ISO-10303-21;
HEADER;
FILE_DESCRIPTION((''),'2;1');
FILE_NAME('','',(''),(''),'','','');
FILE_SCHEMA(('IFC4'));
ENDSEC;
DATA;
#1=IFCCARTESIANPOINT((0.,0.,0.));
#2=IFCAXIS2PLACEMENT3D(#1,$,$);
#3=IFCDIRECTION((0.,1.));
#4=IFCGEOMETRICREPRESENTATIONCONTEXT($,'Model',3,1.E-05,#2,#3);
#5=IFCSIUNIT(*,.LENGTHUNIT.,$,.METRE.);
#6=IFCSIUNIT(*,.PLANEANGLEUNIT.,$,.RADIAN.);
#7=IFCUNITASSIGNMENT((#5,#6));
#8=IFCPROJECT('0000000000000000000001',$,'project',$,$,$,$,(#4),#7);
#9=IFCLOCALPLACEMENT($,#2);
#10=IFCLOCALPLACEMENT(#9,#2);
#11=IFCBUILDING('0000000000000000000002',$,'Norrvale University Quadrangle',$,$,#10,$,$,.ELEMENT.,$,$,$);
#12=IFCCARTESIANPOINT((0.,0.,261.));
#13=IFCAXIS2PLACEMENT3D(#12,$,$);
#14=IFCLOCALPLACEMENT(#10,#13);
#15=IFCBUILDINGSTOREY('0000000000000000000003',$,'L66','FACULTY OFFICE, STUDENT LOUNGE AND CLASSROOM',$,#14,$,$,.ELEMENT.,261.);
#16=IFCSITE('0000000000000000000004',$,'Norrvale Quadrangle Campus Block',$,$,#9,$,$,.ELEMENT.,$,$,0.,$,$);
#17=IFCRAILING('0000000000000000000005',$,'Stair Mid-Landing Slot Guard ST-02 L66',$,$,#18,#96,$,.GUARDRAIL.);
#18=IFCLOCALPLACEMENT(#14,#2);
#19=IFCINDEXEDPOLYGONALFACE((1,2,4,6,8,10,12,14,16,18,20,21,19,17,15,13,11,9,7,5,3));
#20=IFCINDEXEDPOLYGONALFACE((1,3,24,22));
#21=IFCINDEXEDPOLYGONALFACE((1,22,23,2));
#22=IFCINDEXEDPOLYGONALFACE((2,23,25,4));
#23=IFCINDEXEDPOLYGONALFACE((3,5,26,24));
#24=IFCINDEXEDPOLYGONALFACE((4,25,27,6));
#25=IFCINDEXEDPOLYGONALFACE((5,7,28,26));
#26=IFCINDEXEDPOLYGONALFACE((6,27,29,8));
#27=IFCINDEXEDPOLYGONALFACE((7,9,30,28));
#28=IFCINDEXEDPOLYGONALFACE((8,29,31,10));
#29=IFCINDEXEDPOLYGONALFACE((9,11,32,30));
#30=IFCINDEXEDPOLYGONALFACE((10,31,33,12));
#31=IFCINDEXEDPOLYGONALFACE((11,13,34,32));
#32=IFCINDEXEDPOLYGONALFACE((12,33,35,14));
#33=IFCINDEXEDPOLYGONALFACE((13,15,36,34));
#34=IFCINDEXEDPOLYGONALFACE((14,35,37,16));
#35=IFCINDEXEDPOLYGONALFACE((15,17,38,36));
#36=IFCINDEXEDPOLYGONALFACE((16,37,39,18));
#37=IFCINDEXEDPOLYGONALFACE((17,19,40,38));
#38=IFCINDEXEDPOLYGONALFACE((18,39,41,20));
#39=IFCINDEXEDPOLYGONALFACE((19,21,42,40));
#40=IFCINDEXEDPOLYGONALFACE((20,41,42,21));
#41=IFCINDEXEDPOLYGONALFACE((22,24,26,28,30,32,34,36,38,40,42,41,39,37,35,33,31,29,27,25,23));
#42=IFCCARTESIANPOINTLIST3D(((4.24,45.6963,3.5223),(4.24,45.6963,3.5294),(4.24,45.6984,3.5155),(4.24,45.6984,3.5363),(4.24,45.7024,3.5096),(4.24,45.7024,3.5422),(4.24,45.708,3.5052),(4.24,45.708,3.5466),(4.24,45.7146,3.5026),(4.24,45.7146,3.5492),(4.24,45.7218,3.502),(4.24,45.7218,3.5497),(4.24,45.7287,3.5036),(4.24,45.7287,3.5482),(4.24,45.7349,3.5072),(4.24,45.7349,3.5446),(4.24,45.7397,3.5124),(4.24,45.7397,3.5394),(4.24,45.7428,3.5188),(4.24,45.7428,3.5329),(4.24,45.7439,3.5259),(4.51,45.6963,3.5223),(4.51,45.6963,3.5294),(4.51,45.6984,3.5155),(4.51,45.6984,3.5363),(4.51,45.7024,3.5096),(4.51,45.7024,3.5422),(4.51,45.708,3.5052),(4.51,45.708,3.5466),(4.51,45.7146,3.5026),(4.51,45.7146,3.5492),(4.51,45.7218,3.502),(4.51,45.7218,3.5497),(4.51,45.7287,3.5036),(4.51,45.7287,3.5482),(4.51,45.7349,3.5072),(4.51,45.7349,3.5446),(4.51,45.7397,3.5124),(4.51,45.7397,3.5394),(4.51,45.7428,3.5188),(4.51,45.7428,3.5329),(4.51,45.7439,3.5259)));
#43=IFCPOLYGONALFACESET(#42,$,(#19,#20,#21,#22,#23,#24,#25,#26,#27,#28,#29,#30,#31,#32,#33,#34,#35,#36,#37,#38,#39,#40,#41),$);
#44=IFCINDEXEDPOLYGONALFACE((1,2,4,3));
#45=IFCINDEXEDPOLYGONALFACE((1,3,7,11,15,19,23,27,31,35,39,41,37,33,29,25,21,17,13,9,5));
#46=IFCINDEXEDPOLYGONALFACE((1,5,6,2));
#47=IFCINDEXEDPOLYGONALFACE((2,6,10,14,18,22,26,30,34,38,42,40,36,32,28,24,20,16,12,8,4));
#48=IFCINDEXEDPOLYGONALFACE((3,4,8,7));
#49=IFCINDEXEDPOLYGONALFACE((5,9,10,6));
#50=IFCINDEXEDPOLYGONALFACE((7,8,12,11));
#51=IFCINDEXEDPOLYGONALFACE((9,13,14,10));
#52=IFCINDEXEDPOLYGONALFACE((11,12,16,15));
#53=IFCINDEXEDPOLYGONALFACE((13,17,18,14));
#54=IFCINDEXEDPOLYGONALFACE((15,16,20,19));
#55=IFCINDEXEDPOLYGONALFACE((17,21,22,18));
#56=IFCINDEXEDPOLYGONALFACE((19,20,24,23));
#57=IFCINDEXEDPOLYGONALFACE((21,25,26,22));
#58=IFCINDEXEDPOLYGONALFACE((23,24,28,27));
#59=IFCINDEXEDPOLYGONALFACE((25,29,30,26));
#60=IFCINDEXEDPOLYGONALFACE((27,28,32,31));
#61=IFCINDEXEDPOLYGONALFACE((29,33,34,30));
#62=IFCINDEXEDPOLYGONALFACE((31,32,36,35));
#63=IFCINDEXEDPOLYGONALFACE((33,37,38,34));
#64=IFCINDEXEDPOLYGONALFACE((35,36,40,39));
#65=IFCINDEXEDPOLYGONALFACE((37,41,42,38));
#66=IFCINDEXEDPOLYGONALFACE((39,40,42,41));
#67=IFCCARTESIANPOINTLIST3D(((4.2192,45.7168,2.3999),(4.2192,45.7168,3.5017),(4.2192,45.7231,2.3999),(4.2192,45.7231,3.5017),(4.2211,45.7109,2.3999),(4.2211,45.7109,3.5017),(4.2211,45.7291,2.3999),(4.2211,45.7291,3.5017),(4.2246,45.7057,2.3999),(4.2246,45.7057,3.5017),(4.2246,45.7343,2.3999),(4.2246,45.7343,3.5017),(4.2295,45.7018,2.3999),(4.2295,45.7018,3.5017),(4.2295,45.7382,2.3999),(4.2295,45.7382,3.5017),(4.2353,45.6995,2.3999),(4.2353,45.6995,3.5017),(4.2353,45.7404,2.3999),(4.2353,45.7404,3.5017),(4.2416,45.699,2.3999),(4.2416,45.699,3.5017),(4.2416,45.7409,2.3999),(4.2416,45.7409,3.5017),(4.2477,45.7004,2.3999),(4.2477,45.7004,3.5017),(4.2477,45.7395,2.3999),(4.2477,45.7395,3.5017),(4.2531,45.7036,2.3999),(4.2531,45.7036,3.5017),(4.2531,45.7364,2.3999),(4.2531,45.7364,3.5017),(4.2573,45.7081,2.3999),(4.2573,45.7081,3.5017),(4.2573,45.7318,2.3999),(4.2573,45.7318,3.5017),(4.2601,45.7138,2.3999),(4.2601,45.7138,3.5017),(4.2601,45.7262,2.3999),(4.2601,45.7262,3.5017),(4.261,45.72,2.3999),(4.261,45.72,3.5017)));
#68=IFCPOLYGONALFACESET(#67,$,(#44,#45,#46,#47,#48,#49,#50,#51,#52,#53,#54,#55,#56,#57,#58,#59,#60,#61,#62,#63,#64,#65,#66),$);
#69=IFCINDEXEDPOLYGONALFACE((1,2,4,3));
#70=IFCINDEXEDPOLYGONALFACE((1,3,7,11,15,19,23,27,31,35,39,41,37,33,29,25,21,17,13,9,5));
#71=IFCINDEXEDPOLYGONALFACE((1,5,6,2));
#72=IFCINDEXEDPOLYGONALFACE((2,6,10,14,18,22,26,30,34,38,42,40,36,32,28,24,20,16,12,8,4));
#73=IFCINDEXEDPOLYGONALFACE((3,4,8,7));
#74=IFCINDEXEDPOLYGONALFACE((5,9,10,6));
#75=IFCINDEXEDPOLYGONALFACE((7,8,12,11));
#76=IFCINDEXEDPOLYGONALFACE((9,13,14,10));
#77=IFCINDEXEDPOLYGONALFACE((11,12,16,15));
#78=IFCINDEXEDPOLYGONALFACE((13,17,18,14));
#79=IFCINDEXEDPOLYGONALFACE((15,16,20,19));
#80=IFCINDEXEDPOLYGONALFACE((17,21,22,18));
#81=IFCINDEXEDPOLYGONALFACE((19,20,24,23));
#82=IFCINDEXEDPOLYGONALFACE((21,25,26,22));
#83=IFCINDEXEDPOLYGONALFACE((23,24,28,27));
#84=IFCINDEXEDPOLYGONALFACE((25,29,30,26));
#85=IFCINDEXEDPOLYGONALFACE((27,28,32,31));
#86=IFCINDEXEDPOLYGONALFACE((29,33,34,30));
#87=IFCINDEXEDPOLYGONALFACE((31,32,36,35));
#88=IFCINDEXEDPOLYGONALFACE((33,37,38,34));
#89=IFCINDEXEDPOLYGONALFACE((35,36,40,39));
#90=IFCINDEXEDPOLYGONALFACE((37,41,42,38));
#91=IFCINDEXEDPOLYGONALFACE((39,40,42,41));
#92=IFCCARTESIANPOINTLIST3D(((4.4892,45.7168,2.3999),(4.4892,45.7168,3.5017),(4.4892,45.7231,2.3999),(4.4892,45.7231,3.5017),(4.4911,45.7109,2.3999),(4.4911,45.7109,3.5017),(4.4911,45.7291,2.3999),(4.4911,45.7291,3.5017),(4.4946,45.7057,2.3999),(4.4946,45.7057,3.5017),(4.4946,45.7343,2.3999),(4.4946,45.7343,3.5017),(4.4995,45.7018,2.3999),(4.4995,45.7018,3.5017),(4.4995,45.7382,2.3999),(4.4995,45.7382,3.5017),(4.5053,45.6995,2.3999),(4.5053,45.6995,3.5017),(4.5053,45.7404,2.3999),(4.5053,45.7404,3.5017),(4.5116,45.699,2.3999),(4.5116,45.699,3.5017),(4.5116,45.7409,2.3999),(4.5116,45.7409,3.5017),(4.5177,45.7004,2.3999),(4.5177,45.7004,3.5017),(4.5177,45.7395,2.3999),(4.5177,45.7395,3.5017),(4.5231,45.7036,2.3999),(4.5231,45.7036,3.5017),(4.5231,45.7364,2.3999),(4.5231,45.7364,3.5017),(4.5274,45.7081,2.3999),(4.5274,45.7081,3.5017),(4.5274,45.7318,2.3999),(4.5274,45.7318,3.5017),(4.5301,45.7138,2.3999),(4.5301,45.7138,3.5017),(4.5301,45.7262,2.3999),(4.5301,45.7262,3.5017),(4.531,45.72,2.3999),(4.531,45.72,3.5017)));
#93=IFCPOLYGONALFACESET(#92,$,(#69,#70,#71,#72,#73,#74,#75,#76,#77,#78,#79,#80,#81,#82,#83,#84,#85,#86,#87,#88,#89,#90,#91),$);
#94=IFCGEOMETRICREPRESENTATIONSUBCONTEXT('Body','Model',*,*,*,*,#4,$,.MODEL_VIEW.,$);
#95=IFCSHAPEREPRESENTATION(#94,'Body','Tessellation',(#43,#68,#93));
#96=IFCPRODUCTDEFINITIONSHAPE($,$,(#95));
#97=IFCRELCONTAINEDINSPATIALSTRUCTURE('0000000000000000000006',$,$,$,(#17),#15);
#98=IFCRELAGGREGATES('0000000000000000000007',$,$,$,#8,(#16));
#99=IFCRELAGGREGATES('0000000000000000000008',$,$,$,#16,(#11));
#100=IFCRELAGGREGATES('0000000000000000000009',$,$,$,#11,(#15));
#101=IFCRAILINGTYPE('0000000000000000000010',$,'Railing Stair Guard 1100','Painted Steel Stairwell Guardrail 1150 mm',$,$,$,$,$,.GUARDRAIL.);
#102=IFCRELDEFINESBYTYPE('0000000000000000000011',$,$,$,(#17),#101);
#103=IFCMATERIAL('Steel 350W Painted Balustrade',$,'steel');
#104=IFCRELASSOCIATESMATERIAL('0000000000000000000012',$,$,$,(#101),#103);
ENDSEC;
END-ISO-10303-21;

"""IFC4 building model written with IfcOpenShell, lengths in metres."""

from ifc_helpers import new_model, si_unit, direction, frame, origin, origin_2d, place, context, subcontext, project, spatial, circle, extrude, material, type_object, element, save


model = new_model("IFC4")

# Units and contexts
model_context = context("Model", 3, precision=1e-05, world=origin(), true_north=direction((0.0, 1.0)))
body_context = subcontext(model_context, "Body", "Model", "MODEL_VIEW")
ifc_project = project(units=[si_unit("LENGTHUNIT", "METRE"), si_unit("PLANEANGLEUNIT", "RADIAN")], contexts=[model_context])

# Site, building, storey
site_placement = place(None, origin())
site = spatial("IfcSite", under=ifc_project, at=site_placement, Name="Norrvale Quadrangle Campus Block", CompositionType="ELEMENT", RefElevation=0.0)
building_placement = place(site_placement, origin())
building = spatial("IfcBuilding", under=site, at=building_placement, Name="Norrvale University Quadrangle", CompositionType="ELEMENT")
storey_placement = place(building_placement, frame((0.0, 0.0, 261.0)))
storey = spatial("IfcBuildingStorey", under=building, at=storey_placement, Name="L66", Description="FACULTY OFFICE, STUDENT LOUNGE AND CLASSROOM", CompositionType="ELEMENT", Elevation=261.0)

# Railing
ifc_material_1 = material(Name="Steel 350W Painted Balustrade", Category="steel")
railing_type_1 = type_object("IfcRailingType", Name="Railing Stair Guard 1100", Description="Painted Steel Stairwell Guardrail 1150 mm", PredefinedType="GUARDRAIL", material=ifc_material_1)
for number, where, name in (
    (1, (4.24, 45.72, 2.3999), "Stair Mid-Landing Slot Guard ST-02 L66"),
):
    element("IfcRailing", number, at=place(storey_placement, frame(where)), inside=storey, type_object=railing_type_1, Name=name, PredefinedType="GUARDRAIL", context=body_context, shape_type="SweptSolid", body=[
        extrude(circle(Radius=0.0239, at=origin_2d()), frame((0.0, 0.0, 1.126), z_axis=(1.0, 0.0, 0.0), x_axis=(0.0, 1.0, 0.0)), (0.0, 0.0, 1.0), 0.27),
        extrude(circle(Radius=0.021, at=origin_2d()), origin(), (0.0, 0.0, 1.0), 1.1018),
        extrude(circle(Radius=0.021, at=origin_2d()), frame((0.27, 0.0, 0.0)), (0.0, 0.0, 1.0), 1.1018),
    ])

save(model, "model.ifc")
